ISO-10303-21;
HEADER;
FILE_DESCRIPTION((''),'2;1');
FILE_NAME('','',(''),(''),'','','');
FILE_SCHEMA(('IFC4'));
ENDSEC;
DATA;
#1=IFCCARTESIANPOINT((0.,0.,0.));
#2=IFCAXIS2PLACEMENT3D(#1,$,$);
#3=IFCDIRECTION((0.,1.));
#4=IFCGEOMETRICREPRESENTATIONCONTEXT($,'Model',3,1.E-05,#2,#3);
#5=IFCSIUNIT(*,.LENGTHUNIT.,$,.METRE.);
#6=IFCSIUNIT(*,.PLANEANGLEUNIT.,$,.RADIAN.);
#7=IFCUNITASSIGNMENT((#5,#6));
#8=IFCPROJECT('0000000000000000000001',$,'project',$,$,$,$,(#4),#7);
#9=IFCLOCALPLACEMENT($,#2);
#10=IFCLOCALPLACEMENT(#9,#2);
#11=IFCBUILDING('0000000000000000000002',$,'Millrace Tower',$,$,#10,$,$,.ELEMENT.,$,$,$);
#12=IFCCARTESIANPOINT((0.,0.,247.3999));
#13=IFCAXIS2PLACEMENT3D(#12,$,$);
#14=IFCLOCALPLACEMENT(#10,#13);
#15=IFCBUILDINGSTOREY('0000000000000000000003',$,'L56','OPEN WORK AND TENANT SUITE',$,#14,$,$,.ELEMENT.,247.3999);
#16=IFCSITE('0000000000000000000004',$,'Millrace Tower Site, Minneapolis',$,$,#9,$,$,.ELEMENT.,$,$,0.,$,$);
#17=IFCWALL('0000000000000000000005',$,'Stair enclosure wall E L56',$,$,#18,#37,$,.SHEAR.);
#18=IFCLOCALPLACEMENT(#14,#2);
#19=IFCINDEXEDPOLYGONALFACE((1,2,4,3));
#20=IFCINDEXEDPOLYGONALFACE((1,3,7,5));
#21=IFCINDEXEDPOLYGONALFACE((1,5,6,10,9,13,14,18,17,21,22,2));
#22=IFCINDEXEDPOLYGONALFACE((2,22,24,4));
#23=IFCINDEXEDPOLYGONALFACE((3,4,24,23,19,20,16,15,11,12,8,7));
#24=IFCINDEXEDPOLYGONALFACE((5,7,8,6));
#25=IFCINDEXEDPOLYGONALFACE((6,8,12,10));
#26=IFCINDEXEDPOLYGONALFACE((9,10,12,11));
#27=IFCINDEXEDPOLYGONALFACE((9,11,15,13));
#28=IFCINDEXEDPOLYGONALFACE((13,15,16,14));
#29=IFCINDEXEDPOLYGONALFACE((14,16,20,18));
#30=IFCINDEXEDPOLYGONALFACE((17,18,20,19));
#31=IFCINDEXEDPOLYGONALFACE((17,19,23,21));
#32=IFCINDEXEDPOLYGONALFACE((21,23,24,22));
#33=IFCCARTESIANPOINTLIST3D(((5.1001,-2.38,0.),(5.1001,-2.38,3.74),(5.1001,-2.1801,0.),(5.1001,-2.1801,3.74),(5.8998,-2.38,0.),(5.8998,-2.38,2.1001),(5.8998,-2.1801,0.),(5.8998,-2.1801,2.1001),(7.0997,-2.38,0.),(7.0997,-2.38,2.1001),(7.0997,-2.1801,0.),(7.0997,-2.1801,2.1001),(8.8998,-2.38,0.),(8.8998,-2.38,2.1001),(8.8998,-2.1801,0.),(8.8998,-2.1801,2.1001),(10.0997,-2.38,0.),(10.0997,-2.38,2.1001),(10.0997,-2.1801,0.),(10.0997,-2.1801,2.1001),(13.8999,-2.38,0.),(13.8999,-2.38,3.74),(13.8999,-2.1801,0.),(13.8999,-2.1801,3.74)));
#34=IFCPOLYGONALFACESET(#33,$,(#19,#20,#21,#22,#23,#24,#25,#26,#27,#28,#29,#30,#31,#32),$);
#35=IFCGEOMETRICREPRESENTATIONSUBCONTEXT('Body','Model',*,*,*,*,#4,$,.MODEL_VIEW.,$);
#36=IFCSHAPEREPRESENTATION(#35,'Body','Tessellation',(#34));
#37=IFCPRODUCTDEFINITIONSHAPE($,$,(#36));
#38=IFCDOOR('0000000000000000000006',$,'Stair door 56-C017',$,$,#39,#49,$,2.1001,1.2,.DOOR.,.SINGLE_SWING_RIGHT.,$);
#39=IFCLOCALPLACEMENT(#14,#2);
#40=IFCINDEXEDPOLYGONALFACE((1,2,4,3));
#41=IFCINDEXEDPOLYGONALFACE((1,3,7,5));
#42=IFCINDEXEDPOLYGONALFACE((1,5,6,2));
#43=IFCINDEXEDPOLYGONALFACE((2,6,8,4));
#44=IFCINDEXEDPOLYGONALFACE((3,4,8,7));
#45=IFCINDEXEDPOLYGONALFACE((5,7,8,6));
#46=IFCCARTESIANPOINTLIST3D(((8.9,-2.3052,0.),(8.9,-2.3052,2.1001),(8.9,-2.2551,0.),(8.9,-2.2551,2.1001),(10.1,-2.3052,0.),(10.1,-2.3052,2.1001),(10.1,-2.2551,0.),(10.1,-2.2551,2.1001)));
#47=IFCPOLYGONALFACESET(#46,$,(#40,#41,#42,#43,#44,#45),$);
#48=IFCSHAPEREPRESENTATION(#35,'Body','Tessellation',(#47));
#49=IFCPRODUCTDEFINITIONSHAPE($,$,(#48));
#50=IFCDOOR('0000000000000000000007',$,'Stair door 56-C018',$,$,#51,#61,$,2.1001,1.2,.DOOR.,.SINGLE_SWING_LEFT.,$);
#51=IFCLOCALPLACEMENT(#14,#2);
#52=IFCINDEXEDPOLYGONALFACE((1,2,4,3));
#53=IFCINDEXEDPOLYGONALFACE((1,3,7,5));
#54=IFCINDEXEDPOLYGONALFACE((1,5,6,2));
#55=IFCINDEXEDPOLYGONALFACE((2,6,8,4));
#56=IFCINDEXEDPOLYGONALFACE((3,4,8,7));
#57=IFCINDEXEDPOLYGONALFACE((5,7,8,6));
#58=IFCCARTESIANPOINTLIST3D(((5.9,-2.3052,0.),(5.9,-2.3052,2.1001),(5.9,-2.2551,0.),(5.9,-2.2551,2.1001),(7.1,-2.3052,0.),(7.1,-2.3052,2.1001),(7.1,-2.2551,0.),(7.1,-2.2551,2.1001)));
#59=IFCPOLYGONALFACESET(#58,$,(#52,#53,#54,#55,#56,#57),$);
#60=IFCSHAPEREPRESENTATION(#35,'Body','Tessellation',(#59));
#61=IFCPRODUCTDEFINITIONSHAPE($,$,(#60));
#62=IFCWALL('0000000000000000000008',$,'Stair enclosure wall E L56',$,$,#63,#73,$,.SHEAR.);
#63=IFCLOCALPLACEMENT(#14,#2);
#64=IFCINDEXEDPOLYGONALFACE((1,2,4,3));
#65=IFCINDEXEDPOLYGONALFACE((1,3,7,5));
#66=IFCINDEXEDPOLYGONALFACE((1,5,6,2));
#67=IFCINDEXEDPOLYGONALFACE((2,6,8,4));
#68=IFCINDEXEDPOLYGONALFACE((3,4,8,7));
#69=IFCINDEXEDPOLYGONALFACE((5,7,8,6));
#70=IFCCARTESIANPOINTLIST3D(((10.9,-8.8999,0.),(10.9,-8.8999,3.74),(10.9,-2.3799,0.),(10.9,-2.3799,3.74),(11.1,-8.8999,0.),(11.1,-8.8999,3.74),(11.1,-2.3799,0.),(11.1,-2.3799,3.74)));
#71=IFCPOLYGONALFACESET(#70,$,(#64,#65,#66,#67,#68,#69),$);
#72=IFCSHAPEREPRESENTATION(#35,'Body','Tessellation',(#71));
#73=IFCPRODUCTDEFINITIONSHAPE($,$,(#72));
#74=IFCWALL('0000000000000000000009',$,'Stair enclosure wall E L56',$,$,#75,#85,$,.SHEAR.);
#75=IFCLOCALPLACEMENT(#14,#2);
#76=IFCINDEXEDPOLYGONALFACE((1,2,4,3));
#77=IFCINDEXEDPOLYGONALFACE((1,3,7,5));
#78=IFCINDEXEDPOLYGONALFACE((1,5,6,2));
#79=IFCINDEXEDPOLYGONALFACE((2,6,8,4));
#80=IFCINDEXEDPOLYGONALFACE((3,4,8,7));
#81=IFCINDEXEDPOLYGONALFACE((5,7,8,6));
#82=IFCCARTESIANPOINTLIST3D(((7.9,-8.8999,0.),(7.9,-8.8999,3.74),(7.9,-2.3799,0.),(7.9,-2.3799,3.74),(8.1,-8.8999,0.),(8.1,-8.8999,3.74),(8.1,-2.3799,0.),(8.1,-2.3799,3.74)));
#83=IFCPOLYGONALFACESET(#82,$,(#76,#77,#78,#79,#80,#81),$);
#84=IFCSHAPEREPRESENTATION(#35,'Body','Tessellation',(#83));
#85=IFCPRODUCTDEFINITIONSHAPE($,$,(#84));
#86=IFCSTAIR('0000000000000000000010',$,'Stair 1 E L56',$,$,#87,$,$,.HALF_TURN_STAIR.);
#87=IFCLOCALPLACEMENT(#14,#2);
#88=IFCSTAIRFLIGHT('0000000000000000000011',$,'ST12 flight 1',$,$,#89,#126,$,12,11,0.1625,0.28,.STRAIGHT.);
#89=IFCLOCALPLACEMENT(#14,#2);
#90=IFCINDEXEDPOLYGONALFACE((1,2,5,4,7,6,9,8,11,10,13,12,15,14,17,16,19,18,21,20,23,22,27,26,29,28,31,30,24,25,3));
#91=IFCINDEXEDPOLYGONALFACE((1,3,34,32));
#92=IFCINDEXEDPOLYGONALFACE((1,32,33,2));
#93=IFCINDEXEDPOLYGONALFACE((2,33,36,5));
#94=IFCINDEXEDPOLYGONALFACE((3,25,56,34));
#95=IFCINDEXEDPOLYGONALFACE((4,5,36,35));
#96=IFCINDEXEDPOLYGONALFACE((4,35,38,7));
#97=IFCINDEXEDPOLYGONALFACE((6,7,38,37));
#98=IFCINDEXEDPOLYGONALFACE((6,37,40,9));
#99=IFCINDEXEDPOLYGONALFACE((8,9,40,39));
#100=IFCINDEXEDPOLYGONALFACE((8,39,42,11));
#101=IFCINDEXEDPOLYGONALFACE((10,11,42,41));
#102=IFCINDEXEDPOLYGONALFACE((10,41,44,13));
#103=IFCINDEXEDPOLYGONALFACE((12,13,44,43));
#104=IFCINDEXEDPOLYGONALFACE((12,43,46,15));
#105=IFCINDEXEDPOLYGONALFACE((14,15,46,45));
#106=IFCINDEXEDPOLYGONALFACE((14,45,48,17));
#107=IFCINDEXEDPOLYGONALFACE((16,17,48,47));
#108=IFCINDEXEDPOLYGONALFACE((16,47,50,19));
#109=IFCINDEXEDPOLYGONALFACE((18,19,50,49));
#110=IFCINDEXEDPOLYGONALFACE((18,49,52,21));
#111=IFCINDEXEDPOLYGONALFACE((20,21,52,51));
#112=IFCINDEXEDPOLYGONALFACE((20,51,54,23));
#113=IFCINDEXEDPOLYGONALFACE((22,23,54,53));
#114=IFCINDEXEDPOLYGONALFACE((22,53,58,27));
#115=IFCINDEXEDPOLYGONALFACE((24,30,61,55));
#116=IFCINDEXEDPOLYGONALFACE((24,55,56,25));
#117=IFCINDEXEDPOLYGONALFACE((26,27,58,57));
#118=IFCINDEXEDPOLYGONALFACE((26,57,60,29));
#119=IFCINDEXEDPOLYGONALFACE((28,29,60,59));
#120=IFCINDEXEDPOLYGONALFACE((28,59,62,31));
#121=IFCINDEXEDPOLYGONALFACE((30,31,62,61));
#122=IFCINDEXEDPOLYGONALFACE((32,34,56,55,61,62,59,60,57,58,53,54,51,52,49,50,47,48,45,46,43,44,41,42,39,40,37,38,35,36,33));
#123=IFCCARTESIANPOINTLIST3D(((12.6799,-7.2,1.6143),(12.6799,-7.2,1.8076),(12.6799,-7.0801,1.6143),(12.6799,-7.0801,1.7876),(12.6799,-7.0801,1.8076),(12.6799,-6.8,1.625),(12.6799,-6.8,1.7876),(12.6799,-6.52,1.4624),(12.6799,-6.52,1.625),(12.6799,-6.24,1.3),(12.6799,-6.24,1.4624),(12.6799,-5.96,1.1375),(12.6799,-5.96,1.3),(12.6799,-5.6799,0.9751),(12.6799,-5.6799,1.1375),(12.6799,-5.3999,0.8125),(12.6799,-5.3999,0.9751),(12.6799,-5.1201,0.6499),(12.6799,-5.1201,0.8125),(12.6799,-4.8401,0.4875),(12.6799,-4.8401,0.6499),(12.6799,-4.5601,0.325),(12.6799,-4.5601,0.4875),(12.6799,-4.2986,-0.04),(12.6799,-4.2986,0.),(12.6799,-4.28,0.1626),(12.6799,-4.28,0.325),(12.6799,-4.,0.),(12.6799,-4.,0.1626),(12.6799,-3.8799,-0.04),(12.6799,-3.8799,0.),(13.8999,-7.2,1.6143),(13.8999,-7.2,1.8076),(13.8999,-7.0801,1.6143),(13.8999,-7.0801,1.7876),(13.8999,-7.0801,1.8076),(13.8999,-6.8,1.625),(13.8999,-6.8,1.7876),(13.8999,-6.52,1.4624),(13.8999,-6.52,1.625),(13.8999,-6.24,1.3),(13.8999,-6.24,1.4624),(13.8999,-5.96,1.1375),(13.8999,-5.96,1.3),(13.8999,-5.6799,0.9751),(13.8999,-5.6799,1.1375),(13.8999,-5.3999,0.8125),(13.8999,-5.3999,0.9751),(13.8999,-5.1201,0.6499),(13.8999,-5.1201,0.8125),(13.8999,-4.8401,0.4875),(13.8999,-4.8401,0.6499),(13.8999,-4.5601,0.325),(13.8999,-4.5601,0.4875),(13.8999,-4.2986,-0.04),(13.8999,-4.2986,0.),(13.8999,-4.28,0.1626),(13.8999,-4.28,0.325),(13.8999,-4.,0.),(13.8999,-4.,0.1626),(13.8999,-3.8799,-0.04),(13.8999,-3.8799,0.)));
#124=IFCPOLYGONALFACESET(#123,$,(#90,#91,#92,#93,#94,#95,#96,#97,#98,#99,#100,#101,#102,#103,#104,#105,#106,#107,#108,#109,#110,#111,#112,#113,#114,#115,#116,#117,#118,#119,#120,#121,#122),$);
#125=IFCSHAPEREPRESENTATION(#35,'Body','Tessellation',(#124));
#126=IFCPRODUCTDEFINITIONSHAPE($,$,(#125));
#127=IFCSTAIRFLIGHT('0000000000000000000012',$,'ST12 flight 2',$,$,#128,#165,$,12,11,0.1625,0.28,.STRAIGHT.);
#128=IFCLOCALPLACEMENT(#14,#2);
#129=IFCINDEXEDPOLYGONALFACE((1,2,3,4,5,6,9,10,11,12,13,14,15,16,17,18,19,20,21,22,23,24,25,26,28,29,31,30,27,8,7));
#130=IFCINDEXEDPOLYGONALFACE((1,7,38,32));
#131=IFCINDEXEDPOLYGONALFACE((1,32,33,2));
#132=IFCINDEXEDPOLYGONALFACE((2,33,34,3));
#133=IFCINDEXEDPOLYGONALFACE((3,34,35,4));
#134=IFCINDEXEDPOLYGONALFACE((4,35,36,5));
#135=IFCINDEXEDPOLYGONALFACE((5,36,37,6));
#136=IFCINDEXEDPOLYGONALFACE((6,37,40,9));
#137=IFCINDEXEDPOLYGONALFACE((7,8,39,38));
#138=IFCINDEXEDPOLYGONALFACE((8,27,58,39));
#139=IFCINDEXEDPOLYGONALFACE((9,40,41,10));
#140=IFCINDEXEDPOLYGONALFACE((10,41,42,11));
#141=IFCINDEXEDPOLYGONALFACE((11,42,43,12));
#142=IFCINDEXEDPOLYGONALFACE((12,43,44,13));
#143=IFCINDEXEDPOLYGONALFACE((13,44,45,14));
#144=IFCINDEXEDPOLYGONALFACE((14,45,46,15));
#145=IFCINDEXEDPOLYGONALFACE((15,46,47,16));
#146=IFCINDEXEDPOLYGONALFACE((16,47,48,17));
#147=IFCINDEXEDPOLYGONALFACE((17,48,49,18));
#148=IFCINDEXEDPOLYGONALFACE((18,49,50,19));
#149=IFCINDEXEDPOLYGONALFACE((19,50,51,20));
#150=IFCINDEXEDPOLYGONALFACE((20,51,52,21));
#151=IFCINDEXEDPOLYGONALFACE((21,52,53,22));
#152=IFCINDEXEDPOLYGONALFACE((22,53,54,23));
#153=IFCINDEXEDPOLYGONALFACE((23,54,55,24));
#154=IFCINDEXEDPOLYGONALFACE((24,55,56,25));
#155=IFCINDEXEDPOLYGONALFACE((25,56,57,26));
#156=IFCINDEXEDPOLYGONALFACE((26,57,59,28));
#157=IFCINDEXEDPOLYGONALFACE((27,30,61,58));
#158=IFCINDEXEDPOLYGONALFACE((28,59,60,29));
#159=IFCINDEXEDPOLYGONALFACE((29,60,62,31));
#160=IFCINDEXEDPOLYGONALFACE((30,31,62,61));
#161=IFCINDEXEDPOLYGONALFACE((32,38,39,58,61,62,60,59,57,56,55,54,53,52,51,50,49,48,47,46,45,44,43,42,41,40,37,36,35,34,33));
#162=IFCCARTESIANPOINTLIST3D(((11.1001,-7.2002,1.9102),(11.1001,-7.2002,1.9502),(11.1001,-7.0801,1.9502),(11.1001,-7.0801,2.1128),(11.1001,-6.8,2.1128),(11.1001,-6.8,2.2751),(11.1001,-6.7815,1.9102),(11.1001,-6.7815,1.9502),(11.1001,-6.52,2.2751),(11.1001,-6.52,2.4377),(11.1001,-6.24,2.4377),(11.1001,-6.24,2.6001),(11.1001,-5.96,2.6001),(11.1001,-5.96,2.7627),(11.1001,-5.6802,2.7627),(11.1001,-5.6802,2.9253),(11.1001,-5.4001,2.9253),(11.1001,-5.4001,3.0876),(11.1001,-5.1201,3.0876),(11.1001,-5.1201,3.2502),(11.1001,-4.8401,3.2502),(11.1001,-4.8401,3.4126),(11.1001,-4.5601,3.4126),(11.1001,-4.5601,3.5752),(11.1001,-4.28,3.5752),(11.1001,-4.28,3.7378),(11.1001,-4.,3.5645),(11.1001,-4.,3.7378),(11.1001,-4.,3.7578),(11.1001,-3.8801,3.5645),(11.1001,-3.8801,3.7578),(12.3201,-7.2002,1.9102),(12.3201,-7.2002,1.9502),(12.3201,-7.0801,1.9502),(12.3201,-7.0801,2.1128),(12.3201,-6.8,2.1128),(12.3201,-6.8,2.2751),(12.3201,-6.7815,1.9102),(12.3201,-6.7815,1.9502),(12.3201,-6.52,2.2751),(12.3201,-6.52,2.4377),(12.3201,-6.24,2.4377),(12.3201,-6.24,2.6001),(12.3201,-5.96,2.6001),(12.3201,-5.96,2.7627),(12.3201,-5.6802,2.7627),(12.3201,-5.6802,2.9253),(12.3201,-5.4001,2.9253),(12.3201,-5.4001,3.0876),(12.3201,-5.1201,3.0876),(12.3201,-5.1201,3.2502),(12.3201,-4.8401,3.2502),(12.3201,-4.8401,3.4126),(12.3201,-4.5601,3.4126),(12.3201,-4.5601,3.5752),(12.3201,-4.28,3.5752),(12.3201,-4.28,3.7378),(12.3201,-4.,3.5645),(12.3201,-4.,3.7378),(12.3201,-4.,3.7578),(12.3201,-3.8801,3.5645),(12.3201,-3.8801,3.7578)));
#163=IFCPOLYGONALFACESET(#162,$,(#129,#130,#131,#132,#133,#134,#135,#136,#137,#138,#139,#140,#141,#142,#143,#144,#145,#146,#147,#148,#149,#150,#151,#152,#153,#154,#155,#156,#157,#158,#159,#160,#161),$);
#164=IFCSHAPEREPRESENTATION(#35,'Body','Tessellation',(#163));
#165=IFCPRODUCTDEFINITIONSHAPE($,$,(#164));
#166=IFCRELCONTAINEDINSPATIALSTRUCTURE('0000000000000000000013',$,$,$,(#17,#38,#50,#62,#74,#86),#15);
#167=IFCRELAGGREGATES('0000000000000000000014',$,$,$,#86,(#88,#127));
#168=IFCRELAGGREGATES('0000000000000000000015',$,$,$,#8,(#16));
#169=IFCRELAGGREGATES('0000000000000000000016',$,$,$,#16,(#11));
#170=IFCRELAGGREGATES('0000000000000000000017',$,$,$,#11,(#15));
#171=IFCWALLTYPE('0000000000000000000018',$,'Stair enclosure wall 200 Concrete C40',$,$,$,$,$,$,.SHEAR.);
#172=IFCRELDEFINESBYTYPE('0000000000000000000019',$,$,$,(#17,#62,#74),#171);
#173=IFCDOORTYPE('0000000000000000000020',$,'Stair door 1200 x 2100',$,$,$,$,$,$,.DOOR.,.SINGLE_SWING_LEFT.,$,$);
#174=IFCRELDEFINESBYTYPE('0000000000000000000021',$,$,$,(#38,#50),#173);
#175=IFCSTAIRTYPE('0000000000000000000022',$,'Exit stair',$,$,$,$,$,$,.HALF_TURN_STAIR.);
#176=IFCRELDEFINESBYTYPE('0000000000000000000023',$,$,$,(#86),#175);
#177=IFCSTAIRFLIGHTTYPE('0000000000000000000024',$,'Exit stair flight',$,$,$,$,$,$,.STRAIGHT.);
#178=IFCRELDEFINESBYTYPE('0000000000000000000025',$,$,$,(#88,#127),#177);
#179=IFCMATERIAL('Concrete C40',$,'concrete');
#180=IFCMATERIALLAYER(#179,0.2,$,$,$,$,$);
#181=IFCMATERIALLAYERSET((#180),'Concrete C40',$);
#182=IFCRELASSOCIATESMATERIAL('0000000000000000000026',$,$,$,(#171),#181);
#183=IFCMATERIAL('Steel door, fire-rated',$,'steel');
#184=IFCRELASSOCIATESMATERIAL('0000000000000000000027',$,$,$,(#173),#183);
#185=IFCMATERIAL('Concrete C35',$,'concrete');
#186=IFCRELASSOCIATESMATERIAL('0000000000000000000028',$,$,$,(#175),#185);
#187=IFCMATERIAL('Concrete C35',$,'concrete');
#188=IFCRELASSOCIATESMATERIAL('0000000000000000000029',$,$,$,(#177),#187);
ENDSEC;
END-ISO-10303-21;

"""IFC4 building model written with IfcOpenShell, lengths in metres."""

from ifc_helpers import new_model, si_unit, direction, frame, frame_2d, origin, place, context, subcontext, project, spatial, polyline, rectangle, outline, extrude, material, layer, layer_set, type_object, element, fill, aggregate, save


model = new_model("IFC4")

# Units and contexts
model_context = context("Model", 3, precision=1e-05, world=origin(), true_north=direction((0.0, 1.0)))
body_context = subcontext(model_context, "Body", "Model", "MODEL_VIEW")
ifc_project = project(units=[si_unit("LENGTHUNIT", "METRE"), si_unit("PLANEANGLEUNIT", "RADIAN")], contexts=[model_context])

# Site, building, storey
site_placement = place(None, origin())
site = spatial("IfcSite", under=ifc_project, at=site_placement, Name="Millrace Tower Site, Minneapolis", CompositionType="ELEMENT", RefElevation=0.0)
building_placement = place(site_placement, origin())
building = spatial("IfcBuilding", under=site, at=building_placement, Name="Millrace Tower", CompositionType="ELEMENT")
storey_placement = place(building_placement, frame((0.0, 0.0, 247.3999)))
storey = spatial("IfcBuildingStorey", under=building, at=storey_placement, Name="L56", Description="OPEN WORK AND TENANT SUITE", CompositionType="ELEMENT", Elevation=247.3999)

# Shared definitions
placement = place(storey_placement, origin())

# Shared definitions
ifc_material_1 = material(Name="Concrete C40", Category="concrete")
ifc_layer_1 = layer(ifc_material_1, 0.2)
ifc_layer_set_1 = layer_set([ifc_layer_1], Name="Concrete C40")
wall_type_1 = type_object("IfcWallType", Name="Stair enclosure wall 200 Concrete C40", PredefinedType="SHEAR", material=ifc_layer_set_1)

# Wall, openings, doors
wall_1_placement = place(storey_placement, frame((13.8999, -2.28, 0.0), z_axis=(0.0, 0.0, 1.0), x_axis=(-1.0, 0.0, 0.0)))
wall_1 = element("IfcWall", 1, at=wall_1_placement, inside=storey, type_object=wall_type_1, Name="Stair enclosure wall E L56", PredefinedType="SHEAR", context=body_context, shape_type="SweptSolid", body=[
    extrude(rectangle(XDim=8.7998, YDim=0.2, at=frame_2d((4.3999, 0.0))), origin(), (0.0, 0.0, 1.0), 3.74),
])
opening_1_placement = place(wall_1_placement, frame((3.8, 0.0, 0.0)))
opening_1 = element("IfcOpeningElement", 2, at=opening_1_placement, cuts=wall_1, PredefinedType="OPENING", context=body_context, shape_type="SweptSolid", body=[
    extrude(rectangle(XDim=1.2, YDim=2.1001, at=frame_2d((0.6001, 1.05))), frame((0.0, 0.1099, 0.0), z_axis=(0.0, -1.0, 0.0), x_axis=(1.0, 0.0, 0.0)), (0.0, 0.0, 1.0), 0.22),
])
opening_2_placement = place(wall_1_placement, frame((6.8, 0.0, 0.0)))
opening_2 = element("IfcOpeningElement", 3, at=opening_2_placement, cuts=wall_1, PredefinedType="OPENING", context=body_context, shape_type="SweptSolid", body=[
    extrude(rectangle(XDim=1.2, YDim=2.1001, at=frame_2d((0.6001, 1.05))), frame((0.0, 0.1099, 0.0), z_axis=(0.0, -1.0, 0.0), x_axis=(1.0, 0.0, 0.0)), (0.0, 0.0, 1.0), 0.22),
])
ifc_material_2 = material(Name="Steel door, fire-rated", Category="steel")
door_type_1 = type_object("IfcDoorType", Name="Stair door 1200 x 2100", OperationType="SINGLE_SWING_LEFT", PredefinedType="DOOR", material=ifc_material_2)
door_1_placement = place(opening_1_placement, frame((1.2, 0.0, 0.0), z_axis=(0.0, 0.0, 1.0), x_axis=(-1.0, 0.0, 0.0)))
door_1 = element("IfcDoor", 4, at=door_1_placement, inside=storey, type_object=door_type_1, Name="Stair door 56-C017", OperationType="SINGLE_SWING_RIGHT", OverallHeight=2.1001, OverallWidth=1.2, PredefinedType="DOOR", context=body_context, shape_type="SweptSolid", body=[
    extrude(rectangle(XDim=1.2, YDim=2.1001, at=frame_2d((0.6001, 1.05))), frame((0.0, 0.0249, 0.0), z_axis=(0.0, -1.0, 0.0), x_axis=(1.0, 0.0, 0.0)), (0.0, 0.0, 1.0), 0.05),
])
fill(opening_1, door_1)
door_2_placement = place(opening_2_placement, frame((1.2, 0.0, 0.0), z_axis=(0.0, 0.0, 1.0), x_axis=(-1.0, 0.0, 0.0)))
door_2 = element("IfcDoor", 5, at=door_2_placement, inside=storey, type_object=door_type_1, Name="Stair door 56-C018", OperationType="SINGLE_SWING_LEFT", OverallHeight=2.1001, OverallWidth=1.2, PredefinedType="DOOR", context=body_context, shape_type="SweptSolid", body=[
    extrude(rectangle(XDim=1.2, YDim=2.1001, at=frame_2d((0.6001, 1.05))), frame((0.0, 0.0249, 0.0), z_axis=(0.0, -1.0, 0.0), x_axis=(1.0, 0.0, 0.0)), (0.0, 0.0, 1.0), 0.05),
])
fill(opening_2, door_2)

# Walls
for number, where, z_axis, x_axis, name in (
    (6, (11.0, -2.3799, 0.0), (0.0, 0.0, 1.0), (0.0, -1.0, 0.0), "Stair enclosure wall E L56"),
    (7, (8.0, -2.3799, 0.0), (0.0, 0.0, 1.0), (0.0, -1.0, 0.0), "Stair enclosure wall E L56"),
):
    element("IfcWall", number, at=place(storey_placement, frame(where, z_axis=z_axis, x_axis=x_axis)), inside=storey, type_object=wall_type_1, Name=name, PredefinedType="SHEAR", context=body_context, shape_type="SweptSolid", body=[
        extrude(rectangle(XDim=6.52, YDim=0.2, at=frame_2d((3.26, 0.0))), origin(), (0.0, 0.0, 1.0), 3.74),
    ])

# Stair, stair flights
ifc_material_3 = material(Name="Concrete C35", Category="concrete")
stair_type = type_object("IfcStairType", Name="Exit stair", PredefinedType="HALF_TURN_STAIR", material=ifc_material_3)
stair_1 = element("IfcStair", 8, at=placement, inside=storey, type_object=stair_type, Name="Stair 1 E L56", PredefinedType="HALF_TURN_STAIR")
ifc_material_4 = material(Name="Concrete C35", Category="concrete")
stair_flight_type = type_object("IfcStairFlightType", Name="Exit stair flight", PredefinedType="STRAIGHT", material=ifc_material_4)
stair_flight_1_placement = place(storey_placement, frame((13.29, -4.0, 0.0), z_axis=(0.0, 0.0, 1.0), x_axis=(0.0, -1.0, 0.0)))
stair_flight_1 = element("IfcStairFlight", 9, at=stair_flight_1_placement, type_object=stair_flight_type, Name="ST12 flight 1", NumberOfRisers=12, NumberOfTreads=11, PredefinedType="STRAIGHT", RiserHeight=0.1625, TreadLength=0.28, context=body_context, shape_type="SweptSolid", body=[
    extrude(outline(polyline([(-0.1201, -0.04), (-0.1201, 0.0), (0.0, 0.0), (0.0, 0.1626), (0.28, 0.1626), (0.28, 0.325), (0.5601, 0.325), (0.5601, 0.4875), (0.8401, 0.4875), (0.8401, 0.6499), (1.1201, 0.6499), (1.1201, 0.8125), (1.3999, 0.8125), (1.3999, 0.9751), (1.6799, 0.9751), (1.6799, 1.1375), (1.96, 1.1375), (1.96, 1.3), (2.24, 1.3), (2.24, 1.4624), (2.52, 1.4624), (2.52, 1.625), (2.8, 1.625), (2.8, 1.7876), (3.0801, 1.7876), (3.0801, 1.8076), (3.2, 1.8076), (3.2, 1.6143), (3.0801, 1.6143), (0.2986, 0.0), (0.2986, -0.04), (-0.1201, -0.04)])), frame((0.0, 0.6099, 0.0), z_axis=(0.0, -1.0, 0.0), x_axis=(1.0, 0.0, 0.0)), (0.0, 0.0, 1.0), 1.22),
])
stair_flight_2_placement = place(storey_placement, frame((11.71, -7.0801, 1.9502), z_axis=(0.0, 0.0, 1.0), x_axis=(0.0, 1.0, 0.0)))
stair_flight_2 = element("IfcStairFlight", 10, at=stair_flight_2_placement, type_object=stair_flight_type, Name="ST12 flight 2", NumberOfRisers=12, NumberOfTreads=11, PredefinedType="STRAIGHT", RiserHeight=0.1625, TreadLength=0.28, context=body_context, shape_type="SweptSolid", body=[
    extrude(outline(polyline([(-0.1201, -0.04), (-0.1201, 0.0), (0.0, 0.0), (0.0, 0.1626), (0.28, 0.1626), (0.28, 0.325), (0.5601, 0.325), (0.5601, 0.4875), (0.8401, 0.4875), (0.8401, 0.6499), (1.1201, 0.6499), (1.1201, 0.8125), (1.3999, 0.8125), (1.3999, 0.9751), (1.6799, 0.9751), (1.6799, 1.1375), (1.96, 1.1375), (1.96, 1.3), (2.24, 1.3), (2.24, 1.4624), (2.52, 1.4624), (2.52, 1.625), (2.8, 1.625), (2.8, 1.7876), (3.0801, 1.7876), (3.0801, 1.8076), (3.2, 1.8076), (3.2, 1.6143), (3.0801, 1.6143), (0.2986, 0.0), (0.2986, -0.04), (-0.1201, -0.04)])), frame((0.0, 0.6099, 0.0), z_axis=(0.0, -1.0, 0.0), x_axis=(1.0, 0.0, 0.0)), (0.0, 0.0, 1.0), 1.22),
])
aggregate(stair_1, [stair_flight_1, stair_flight_2])

save(model, "model.ifc")
